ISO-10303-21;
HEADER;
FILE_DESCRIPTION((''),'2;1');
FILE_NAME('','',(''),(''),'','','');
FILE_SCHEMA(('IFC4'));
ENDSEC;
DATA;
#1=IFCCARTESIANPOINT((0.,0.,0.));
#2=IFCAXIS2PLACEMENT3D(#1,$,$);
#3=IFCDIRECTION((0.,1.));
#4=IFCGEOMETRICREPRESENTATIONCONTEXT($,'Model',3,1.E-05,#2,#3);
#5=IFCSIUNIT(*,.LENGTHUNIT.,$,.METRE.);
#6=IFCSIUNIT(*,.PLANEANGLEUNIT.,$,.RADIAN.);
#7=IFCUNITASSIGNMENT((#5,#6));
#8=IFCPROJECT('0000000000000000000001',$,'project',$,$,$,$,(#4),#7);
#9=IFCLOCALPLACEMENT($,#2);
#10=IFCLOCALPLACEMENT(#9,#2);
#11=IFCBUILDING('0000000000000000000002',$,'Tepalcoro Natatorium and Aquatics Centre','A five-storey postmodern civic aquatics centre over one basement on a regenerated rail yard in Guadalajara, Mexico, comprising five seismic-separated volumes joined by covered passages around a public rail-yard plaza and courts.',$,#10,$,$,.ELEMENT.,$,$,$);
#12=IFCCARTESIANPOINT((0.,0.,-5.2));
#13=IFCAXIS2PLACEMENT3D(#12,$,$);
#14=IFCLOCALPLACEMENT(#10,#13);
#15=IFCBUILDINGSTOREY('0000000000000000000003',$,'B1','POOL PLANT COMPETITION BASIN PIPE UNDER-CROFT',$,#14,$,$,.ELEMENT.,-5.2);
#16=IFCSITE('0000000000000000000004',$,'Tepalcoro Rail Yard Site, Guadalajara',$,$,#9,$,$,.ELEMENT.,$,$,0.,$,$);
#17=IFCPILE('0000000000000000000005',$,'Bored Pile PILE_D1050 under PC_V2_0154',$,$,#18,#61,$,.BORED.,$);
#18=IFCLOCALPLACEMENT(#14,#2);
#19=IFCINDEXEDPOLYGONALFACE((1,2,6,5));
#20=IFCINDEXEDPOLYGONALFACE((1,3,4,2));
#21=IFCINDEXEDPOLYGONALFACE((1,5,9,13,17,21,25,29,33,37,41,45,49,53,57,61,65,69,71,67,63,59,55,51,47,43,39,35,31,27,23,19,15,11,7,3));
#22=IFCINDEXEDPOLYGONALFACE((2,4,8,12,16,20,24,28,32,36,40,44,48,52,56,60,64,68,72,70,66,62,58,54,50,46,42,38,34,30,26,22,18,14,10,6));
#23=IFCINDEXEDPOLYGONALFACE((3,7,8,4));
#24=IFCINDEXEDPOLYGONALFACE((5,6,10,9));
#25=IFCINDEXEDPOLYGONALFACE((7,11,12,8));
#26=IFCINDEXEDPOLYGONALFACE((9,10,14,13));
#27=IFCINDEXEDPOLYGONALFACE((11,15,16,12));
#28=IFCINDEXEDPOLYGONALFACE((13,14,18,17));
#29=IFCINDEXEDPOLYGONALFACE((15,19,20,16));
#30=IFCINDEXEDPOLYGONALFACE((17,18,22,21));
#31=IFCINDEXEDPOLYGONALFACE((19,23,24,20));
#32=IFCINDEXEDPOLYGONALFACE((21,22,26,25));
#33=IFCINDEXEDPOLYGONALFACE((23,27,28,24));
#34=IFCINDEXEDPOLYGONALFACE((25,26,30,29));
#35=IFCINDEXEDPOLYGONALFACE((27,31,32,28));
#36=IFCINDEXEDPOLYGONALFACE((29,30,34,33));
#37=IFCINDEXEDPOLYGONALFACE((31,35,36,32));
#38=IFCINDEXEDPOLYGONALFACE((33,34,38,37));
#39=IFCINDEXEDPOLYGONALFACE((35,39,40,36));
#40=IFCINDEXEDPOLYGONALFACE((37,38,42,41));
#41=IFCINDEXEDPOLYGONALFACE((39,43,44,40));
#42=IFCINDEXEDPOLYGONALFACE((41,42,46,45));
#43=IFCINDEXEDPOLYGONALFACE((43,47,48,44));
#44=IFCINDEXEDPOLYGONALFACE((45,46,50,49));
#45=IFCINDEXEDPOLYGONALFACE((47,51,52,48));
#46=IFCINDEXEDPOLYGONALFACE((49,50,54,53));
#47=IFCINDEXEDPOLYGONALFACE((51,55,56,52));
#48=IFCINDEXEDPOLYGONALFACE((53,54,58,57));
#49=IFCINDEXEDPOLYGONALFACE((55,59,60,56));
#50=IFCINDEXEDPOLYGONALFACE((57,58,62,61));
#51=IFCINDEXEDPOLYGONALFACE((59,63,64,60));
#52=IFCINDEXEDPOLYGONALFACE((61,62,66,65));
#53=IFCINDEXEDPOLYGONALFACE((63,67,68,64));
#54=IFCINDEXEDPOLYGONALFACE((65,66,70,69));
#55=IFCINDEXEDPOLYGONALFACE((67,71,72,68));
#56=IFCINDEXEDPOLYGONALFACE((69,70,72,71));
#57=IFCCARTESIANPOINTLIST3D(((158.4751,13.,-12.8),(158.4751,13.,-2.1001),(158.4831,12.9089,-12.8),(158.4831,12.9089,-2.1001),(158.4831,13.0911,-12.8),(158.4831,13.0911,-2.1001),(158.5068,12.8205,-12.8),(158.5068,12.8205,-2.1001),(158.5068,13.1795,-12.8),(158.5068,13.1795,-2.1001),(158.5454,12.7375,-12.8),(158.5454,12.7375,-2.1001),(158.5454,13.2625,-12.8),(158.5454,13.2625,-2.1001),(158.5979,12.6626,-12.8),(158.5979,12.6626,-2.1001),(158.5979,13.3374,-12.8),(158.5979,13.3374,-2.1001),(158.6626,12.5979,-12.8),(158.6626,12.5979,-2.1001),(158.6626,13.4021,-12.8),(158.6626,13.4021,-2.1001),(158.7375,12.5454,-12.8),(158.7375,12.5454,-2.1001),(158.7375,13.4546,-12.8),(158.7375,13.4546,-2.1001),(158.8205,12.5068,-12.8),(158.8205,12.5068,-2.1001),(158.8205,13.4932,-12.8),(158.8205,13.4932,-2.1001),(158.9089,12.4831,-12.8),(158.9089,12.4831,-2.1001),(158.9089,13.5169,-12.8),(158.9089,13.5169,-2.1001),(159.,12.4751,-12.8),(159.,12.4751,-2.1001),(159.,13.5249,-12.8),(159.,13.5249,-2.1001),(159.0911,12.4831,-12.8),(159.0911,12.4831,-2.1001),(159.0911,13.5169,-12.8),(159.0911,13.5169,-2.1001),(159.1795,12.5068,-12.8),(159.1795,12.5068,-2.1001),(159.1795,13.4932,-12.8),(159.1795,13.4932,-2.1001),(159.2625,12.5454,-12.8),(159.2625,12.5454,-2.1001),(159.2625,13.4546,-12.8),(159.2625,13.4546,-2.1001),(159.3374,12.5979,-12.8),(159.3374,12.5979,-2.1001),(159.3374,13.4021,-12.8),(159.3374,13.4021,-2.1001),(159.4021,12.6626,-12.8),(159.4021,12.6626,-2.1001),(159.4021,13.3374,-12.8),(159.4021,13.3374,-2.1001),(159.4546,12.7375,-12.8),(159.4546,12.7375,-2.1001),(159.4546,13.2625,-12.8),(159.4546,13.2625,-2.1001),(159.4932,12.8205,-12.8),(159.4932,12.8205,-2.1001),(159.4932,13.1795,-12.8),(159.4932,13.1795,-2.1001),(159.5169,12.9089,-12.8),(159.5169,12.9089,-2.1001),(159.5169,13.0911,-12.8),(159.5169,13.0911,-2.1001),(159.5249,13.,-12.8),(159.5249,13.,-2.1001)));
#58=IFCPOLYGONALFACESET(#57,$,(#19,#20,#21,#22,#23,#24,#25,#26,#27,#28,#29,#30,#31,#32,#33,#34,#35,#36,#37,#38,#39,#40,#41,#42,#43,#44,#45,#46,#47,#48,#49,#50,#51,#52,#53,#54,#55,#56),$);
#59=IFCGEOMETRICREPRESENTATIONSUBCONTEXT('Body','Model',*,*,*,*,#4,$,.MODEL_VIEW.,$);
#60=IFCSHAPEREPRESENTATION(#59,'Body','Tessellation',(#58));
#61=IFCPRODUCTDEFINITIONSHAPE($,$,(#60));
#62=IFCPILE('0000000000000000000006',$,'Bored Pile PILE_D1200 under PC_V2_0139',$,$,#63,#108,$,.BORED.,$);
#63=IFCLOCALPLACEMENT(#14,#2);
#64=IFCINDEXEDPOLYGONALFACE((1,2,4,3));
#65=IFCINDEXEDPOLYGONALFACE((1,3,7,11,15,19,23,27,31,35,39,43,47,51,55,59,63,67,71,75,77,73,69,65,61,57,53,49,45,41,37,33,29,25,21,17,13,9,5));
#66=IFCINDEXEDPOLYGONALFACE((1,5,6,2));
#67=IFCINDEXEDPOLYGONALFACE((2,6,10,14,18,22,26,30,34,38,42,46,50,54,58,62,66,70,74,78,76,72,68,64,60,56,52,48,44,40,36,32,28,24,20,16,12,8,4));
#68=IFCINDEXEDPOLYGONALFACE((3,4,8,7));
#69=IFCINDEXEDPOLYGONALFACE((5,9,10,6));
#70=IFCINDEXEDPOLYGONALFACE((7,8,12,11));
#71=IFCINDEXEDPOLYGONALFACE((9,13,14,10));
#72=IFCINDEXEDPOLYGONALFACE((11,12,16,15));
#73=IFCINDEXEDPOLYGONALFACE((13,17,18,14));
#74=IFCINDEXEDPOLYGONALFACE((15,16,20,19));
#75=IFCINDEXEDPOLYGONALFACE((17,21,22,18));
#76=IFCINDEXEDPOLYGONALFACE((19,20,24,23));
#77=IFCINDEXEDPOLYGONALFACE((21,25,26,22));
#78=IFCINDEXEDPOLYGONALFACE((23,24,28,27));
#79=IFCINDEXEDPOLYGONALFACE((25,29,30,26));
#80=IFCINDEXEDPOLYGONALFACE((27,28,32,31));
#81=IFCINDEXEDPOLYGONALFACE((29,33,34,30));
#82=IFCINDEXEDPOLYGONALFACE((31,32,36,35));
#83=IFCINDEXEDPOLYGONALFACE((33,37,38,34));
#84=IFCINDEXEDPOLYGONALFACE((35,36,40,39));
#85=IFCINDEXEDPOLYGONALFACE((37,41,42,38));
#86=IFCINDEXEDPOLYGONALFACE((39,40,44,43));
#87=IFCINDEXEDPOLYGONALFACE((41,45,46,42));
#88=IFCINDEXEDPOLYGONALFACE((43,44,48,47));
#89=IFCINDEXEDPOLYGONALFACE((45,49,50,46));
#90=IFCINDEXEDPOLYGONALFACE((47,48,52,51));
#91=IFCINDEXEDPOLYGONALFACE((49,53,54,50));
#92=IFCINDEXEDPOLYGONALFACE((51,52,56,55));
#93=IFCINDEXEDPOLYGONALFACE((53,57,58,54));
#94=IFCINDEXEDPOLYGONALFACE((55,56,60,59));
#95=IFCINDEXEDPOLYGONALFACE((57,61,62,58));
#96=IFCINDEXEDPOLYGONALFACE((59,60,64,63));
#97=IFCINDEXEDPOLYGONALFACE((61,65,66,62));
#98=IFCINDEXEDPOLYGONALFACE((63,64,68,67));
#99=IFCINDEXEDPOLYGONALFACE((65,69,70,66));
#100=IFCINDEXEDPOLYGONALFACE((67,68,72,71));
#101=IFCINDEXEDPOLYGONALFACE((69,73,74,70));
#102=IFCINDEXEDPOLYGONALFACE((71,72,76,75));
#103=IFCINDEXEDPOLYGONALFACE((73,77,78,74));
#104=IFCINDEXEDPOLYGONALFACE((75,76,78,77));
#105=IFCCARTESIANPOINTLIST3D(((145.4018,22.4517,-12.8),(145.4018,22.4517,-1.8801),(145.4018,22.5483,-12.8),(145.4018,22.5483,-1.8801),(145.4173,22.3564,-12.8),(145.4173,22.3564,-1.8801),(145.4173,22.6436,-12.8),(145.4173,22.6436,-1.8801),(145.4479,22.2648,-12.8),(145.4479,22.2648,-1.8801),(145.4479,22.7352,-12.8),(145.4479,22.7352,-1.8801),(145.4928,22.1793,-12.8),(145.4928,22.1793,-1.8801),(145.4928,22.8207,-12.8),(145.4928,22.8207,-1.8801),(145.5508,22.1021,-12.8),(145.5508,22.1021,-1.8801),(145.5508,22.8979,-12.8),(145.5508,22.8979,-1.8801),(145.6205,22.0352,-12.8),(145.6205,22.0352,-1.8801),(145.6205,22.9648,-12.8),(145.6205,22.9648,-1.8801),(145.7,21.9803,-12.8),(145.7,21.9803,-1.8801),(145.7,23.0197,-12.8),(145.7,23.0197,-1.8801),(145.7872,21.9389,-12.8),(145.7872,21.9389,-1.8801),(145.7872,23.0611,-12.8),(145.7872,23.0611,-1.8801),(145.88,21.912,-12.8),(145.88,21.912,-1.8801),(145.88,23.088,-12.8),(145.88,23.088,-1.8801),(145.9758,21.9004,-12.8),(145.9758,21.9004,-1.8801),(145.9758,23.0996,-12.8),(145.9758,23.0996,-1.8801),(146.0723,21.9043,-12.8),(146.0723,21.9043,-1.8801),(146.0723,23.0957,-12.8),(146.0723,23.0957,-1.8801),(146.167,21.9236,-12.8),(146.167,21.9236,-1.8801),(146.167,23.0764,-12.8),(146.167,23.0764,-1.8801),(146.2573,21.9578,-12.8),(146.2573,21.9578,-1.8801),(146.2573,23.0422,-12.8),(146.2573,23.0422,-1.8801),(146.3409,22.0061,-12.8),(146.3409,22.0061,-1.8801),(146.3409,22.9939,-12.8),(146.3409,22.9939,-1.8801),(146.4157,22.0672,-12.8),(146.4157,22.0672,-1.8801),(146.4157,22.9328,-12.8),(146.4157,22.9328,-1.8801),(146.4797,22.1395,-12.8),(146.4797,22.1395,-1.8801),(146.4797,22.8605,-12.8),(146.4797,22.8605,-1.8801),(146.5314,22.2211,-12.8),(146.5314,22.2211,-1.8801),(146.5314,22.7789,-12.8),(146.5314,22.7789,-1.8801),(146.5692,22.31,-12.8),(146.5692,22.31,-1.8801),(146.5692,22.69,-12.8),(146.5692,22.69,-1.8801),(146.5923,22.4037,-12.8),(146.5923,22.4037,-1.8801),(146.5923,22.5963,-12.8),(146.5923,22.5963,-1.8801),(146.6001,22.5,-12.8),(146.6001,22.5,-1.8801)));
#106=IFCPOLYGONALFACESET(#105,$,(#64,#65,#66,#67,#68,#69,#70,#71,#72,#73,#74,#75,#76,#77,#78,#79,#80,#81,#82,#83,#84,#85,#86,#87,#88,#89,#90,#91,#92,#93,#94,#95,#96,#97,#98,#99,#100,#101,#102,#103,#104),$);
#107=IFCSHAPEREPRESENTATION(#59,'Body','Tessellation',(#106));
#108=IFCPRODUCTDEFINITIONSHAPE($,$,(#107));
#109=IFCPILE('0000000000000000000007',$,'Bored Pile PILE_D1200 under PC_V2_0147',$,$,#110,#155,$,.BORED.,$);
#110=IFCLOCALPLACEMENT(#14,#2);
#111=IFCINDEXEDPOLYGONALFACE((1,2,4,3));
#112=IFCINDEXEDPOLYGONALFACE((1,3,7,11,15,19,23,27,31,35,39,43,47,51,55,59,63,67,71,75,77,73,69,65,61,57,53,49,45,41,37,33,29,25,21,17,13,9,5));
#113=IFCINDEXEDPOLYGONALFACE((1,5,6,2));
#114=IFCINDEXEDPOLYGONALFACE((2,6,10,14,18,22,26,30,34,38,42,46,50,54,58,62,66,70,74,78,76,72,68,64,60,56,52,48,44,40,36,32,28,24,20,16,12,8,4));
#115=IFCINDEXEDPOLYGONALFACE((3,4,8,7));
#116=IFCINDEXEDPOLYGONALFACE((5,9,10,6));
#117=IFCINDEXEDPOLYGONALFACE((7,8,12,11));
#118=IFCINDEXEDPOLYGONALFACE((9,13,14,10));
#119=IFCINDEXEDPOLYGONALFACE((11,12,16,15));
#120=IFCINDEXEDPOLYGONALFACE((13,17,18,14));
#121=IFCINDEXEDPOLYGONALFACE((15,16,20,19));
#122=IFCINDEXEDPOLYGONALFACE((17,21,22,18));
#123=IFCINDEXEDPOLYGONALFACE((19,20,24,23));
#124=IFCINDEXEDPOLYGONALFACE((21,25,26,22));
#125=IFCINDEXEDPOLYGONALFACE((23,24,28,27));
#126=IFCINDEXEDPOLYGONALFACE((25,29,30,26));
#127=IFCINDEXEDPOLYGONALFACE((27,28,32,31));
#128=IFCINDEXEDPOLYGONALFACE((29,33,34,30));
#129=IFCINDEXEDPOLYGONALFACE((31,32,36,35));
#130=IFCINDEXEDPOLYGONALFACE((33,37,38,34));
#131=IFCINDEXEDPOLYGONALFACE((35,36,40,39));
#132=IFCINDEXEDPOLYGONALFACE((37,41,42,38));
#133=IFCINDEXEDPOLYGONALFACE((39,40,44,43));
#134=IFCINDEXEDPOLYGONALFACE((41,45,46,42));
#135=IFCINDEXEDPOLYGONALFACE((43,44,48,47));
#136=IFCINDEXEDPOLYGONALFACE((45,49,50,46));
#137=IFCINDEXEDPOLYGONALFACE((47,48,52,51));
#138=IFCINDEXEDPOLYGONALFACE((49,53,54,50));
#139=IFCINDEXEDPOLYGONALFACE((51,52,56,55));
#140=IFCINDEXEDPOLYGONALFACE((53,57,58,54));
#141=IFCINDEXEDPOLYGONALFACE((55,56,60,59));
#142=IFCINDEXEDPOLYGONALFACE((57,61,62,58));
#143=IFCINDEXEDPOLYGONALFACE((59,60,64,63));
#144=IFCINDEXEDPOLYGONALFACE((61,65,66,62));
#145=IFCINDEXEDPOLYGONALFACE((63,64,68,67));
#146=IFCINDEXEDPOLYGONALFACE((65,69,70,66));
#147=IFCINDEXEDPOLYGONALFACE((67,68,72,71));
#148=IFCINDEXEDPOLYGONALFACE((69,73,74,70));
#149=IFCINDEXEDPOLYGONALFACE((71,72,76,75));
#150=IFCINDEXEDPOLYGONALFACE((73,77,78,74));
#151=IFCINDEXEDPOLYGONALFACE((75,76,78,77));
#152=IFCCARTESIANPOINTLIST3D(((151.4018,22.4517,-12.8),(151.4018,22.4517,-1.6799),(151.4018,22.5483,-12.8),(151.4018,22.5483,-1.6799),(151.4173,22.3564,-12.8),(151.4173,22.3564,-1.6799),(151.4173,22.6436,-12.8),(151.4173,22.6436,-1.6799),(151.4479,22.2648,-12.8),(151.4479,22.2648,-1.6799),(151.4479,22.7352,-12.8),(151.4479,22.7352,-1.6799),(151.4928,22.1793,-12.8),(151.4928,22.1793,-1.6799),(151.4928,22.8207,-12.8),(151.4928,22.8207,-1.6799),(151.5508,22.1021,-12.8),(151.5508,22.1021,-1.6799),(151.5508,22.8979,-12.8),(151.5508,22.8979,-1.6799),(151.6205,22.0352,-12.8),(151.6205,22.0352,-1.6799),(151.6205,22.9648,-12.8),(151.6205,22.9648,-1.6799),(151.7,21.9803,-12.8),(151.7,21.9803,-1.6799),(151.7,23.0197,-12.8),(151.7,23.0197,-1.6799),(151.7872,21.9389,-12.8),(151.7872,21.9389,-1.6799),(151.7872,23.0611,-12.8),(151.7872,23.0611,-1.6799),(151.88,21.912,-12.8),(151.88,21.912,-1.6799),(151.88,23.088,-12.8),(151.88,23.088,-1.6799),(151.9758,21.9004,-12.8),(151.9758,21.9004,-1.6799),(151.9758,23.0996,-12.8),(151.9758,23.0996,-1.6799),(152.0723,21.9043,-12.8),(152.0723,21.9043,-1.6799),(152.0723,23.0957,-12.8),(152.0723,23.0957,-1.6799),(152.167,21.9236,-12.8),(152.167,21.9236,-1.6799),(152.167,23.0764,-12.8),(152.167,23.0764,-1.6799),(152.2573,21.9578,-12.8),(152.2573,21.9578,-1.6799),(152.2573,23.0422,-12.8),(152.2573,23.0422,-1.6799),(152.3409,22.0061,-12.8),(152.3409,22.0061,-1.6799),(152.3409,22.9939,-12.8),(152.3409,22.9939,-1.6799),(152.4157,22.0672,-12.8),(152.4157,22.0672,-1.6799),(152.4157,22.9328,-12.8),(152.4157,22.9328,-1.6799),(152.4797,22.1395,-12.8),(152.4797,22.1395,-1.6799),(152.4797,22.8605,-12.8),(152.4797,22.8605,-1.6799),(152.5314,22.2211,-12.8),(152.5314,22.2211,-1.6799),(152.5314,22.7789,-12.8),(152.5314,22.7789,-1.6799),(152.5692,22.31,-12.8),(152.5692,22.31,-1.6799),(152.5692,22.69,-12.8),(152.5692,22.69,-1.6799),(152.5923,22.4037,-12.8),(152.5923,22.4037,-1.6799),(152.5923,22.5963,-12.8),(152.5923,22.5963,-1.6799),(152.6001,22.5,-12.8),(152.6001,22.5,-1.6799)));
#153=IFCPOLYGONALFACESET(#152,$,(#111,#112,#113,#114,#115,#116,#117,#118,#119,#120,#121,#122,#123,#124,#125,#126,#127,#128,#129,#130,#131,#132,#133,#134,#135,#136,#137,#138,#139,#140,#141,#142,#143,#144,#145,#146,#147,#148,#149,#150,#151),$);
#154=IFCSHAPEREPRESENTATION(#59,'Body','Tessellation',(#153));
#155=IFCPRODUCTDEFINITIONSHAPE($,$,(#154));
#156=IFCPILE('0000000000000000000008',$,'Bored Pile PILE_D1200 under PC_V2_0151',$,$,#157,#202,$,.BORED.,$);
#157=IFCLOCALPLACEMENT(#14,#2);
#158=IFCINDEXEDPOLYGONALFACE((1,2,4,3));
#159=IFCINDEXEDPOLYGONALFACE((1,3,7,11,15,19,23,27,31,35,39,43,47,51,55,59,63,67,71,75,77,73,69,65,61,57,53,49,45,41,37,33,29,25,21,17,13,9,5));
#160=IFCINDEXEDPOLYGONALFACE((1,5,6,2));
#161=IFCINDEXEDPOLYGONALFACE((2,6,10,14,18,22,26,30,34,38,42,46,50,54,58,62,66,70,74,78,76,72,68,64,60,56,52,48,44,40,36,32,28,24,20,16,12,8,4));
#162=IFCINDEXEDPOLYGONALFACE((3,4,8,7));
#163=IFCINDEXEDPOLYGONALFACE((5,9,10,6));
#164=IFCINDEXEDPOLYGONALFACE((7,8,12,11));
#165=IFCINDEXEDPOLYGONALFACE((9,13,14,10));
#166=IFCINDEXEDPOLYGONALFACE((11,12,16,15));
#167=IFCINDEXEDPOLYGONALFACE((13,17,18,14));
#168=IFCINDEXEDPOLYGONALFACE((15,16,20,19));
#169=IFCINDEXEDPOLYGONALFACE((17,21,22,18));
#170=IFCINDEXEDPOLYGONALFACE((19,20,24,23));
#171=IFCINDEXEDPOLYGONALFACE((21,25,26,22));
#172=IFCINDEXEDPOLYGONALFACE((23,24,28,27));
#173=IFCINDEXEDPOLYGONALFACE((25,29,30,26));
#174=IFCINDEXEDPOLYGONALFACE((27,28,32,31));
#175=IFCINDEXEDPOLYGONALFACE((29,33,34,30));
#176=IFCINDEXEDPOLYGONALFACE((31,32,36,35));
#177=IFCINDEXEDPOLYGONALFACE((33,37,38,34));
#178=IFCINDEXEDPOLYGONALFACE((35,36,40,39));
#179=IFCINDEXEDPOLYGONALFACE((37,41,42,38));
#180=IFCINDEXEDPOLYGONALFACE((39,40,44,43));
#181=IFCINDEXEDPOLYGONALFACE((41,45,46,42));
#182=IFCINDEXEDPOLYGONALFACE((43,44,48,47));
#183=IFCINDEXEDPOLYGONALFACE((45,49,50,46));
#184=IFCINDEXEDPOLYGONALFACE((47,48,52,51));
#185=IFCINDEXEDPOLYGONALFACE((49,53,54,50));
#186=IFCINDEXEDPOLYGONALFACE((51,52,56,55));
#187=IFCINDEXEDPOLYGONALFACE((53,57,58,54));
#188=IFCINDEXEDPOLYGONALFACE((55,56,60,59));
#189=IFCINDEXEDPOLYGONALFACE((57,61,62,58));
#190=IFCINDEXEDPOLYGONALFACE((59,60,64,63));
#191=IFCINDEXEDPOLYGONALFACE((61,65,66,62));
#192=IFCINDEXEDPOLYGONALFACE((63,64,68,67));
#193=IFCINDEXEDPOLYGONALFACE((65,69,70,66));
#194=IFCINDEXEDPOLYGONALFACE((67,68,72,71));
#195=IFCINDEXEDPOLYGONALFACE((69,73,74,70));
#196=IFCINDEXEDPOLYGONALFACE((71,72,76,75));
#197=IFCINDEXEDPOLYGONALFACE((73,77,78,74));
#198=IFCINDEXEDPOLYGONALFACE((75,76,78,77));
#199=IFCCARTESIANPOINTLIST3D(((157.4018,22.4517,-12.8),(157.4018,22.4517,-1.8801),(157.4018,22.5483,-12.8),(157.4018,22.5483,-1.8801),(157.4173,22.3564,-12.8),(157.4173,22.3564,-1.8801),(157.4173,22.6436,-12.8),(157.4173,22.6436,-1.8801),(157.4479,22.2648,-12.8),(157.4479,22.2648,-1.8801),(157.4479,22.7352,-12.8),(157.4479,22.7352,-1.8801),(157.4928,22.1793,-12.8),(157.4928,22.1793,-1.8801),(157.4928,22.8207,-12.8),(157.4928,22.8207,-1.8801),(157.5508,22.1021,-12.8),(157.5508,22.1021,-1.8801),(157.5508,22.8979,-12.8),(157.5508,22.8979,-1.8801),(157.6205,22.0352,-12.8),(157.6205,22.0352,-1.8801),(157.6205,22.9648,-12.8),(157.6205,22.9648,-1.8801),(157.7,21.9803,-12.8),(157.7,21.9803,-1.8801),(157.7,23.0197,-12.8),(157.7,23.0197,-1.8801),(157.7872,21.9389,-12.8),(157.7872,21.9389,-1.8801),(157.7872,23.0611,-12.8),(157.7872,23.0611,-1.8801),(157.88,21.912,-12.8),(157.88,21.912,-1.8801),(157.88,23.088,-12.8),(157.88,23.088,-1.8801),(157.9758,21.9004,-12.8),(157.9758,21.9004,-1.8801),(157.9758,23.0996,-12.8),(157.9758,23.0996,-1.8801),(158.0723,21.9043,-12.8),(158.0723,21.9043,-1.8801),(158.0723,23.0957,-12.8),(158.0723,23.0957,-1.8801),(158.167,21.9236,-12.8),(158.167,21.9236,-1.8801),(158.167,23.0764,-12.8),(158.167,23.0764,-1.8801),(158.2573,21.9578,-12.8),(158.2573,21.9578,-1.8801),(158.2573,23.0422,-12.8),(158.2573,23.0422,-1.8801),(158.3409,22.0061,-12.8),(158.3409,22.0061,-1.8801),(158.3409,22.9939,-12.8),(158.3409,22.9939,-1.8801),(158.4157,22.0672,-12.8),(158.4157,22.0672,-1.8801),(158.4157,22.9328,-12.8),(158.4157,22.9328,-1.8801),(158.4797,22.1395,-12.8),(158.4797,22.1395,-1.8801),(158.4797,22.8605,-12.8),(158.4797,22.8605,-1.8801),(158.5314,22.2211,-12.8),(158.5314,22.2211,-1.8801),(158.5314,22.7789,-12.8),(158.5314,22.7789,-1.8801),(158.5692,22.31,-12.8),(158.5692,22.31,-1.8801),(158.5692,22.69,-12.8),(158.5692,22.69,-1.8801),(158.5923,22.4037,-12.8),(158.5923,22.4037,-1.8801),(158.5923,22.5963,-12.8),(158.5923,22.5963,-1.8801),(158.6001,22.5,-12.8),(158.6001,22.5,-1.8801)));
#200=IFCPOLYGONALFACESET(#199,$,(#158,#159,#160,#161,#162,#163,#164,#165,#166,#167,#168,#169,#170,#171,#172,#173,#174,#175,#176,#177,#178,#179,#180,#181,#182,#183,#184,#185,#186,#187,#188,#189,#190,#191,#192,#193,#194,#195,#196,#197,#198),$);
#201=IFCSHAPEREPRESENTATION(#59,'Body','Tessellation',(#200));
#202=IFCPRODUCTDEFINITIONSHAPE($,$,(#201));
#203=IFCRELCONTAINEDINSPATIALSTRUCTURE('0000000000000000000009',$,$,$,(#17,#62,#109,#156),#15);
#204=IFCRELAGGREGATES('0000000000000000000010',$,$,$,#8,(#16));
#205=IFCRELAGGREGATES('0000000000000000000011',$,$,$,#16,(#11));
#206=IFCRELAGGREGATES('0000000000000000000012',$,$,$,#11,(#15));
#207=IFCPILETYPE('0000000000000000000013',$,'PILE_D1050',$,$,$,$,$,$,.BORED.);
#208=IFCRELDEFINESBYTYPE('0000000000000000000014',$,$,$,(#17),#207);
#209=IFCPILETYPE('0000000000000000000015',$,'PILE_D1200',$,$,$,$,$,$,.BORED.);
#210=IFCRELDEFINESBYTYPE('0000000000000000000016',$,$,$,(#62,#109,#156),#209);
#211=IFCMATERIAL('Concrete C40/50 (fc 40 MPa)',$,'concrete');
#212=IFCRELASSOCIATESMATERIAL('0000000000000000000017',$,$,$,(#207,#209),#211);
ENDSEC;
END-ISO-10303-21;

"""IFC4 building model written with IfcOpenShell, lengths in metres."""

from ifc_helpers import new_model, si_unit, direction, frame, origin, origin_2d, place, context, subcontext, project, spatial, circle, extrude, material, material_profile, profile_set, type_object, element, save


model = new_model("IFC4")

# Units and contexts
model_context = context("Model", 3, precision=1e-05, world=origin(), true_north=direction((0.0, 1.0)))
body_context = subcontext(model_context, "Body", "Model", "MODEL_VIEW")
ifc_project = project(units=[si_unit("LENGTHUNIT", "METRE"), si_unit("PLANEANGLEUNIT", "RADIAN")], contexts=[model_context])

# Site, building, storey
site_placement = place(None, origin())
site = spatial("IfcSite", under=ifc_project, at=site_placement, Name="Tepalcoro Rail Yard Site, Guadalajara", CompositionType="ELEMENT", RefElevation=0.0)
building_placement = place(site_placement, origin())
building = spatial("IfcBuilding", under=site, at=building_placement, Name="Tepalcoro Natatorium and Aquatics Centre", Description="A five-storey postmodern civic aquatics centre over one basement on a regenerated rail yard in Guadalajara, Mexico, comprising five seismic-separated volumes joined by covered passages around a public rail-yard plaza and courts.", CompositionType="ELEMENT")
storey_placement = place(building_placement, frame((0.0, 0.0, -5.2)))
storey = spatial("IfcBuildingStorey", under=building, at=storey_placement, Name="B1", Description="POOL PLANT COMPETITION BASIN PIPE UNDER-CROFT", CompositionType="ELEMENT", Elevation=-5.2)

# Piles
ifc_material_1 = material(Name="Concrete C40/50 (fc 40 MPa)", Category="concrete")
ifc_material_profile_1 = material_profile(ifc_material_1, circle(Radius=0.5249, at=origin_2d()), Name="PILE_D1050")
ifc_profile_set_1 = profile_set([ifc_material_profile_1], Name="Concrete C40/50 (fc 40 MPa)")
pile_type_1 = type_object("IfcPileType", Name="PILE_D1050", PredefinedType="BORED", material=ifc_profile_set_1)
pile_1_placement = place(storey_placement, frame((159.0, 13.0, -2.1001), z_axis=(0.0, 0.0, -1.0), x_axis=(1.0, 0.0, 0.0)))
element("IfcPile", 1, at=pile_1_placement, inside=storey, type_object=pile_type_1, Name="Bored Pile PILE_D1050 under PC_V2_0154", PredefinedType="BORED", context=body_context, shape_type="SweptSolid", body=[
    extrude(circle(Radius=0.5249, at=origin_2d()), origin(), (0.0, 0.0, 1.0), 10.7),
])
ifc_material_profile_2 = material_profile(ifc_material_1, circle(Radius=0.6001, at=origin_2d()), Name="PILE_D1200")
ifc_profile_set_2 = profile_set([ifc_material_profile_2], Name="Concrete C40/50 (fc 40 MPa)")
pile_type_2 = type_object("IfcPileType", Name="PILE_D1200", PredefinedType="BORED", material=ifc_profile_set_2)
pile_2_placement = place(storey_placement, frame((146.0, 22.5, -1.8801), z_axis=(0.0, 0.0, -1.0), x_axis=(1.0, 0.0, 0.0)))
element("IfcPile", 2, at=pile_2_placement, inside=storey, type_object=pile_type_2, Name="Bored Pile PILE_D1200 under PC_V2_0139", PredefinedType="BORED", context=body_context, shape_type="SweptSolid", body=[
    extrude(circle(Radius=0.6001, at=origin_2d()), origin(), (0.0, 0.0, 1.0), 10.9199),
])
pile_3_placement = place(storey_placement, frame((152.0, 22.5, -1.6799), z_axis=(0.0, 0.0, -1.0), x_axis=(1.0, 0.0, 0.0)))
element("IfcPile", 3, at=pile_3_placement, inside=storey, type_object=pile_type_2, Name="Bored Pile PILE_D1200 under PC_V2_0147", PredefinedType="BORED", context=body_context, shape_type="SweptSolid", body=[
    extrude(circle(Radius=0.6001, at=origin_2d()), origin(), (0.0, 0.0, 1.0), 11.1201),
])
pile_4_placement = place(storey_placement, frame((158.0, 22.5, -1.8801), z_axis=(0.0, 0.0, -1.0), x_axis=(1.0, 0.0, 0.0)))
element("IfcPile", 4, at=pile_4_placement, inside=storey, type_object=pile_type_2, Name="Bored Pile PILE_D1200 under PC_V2_0151", PredefinedType="BORED", context=body_context, shape_type="SweptSolid", body=[
    extrude(circle(Radius=0.6001, at=origin_2d()), origin(), (0.0, 0.0, 1.0), 10.9199),
])

save(model, "model.ifc")
